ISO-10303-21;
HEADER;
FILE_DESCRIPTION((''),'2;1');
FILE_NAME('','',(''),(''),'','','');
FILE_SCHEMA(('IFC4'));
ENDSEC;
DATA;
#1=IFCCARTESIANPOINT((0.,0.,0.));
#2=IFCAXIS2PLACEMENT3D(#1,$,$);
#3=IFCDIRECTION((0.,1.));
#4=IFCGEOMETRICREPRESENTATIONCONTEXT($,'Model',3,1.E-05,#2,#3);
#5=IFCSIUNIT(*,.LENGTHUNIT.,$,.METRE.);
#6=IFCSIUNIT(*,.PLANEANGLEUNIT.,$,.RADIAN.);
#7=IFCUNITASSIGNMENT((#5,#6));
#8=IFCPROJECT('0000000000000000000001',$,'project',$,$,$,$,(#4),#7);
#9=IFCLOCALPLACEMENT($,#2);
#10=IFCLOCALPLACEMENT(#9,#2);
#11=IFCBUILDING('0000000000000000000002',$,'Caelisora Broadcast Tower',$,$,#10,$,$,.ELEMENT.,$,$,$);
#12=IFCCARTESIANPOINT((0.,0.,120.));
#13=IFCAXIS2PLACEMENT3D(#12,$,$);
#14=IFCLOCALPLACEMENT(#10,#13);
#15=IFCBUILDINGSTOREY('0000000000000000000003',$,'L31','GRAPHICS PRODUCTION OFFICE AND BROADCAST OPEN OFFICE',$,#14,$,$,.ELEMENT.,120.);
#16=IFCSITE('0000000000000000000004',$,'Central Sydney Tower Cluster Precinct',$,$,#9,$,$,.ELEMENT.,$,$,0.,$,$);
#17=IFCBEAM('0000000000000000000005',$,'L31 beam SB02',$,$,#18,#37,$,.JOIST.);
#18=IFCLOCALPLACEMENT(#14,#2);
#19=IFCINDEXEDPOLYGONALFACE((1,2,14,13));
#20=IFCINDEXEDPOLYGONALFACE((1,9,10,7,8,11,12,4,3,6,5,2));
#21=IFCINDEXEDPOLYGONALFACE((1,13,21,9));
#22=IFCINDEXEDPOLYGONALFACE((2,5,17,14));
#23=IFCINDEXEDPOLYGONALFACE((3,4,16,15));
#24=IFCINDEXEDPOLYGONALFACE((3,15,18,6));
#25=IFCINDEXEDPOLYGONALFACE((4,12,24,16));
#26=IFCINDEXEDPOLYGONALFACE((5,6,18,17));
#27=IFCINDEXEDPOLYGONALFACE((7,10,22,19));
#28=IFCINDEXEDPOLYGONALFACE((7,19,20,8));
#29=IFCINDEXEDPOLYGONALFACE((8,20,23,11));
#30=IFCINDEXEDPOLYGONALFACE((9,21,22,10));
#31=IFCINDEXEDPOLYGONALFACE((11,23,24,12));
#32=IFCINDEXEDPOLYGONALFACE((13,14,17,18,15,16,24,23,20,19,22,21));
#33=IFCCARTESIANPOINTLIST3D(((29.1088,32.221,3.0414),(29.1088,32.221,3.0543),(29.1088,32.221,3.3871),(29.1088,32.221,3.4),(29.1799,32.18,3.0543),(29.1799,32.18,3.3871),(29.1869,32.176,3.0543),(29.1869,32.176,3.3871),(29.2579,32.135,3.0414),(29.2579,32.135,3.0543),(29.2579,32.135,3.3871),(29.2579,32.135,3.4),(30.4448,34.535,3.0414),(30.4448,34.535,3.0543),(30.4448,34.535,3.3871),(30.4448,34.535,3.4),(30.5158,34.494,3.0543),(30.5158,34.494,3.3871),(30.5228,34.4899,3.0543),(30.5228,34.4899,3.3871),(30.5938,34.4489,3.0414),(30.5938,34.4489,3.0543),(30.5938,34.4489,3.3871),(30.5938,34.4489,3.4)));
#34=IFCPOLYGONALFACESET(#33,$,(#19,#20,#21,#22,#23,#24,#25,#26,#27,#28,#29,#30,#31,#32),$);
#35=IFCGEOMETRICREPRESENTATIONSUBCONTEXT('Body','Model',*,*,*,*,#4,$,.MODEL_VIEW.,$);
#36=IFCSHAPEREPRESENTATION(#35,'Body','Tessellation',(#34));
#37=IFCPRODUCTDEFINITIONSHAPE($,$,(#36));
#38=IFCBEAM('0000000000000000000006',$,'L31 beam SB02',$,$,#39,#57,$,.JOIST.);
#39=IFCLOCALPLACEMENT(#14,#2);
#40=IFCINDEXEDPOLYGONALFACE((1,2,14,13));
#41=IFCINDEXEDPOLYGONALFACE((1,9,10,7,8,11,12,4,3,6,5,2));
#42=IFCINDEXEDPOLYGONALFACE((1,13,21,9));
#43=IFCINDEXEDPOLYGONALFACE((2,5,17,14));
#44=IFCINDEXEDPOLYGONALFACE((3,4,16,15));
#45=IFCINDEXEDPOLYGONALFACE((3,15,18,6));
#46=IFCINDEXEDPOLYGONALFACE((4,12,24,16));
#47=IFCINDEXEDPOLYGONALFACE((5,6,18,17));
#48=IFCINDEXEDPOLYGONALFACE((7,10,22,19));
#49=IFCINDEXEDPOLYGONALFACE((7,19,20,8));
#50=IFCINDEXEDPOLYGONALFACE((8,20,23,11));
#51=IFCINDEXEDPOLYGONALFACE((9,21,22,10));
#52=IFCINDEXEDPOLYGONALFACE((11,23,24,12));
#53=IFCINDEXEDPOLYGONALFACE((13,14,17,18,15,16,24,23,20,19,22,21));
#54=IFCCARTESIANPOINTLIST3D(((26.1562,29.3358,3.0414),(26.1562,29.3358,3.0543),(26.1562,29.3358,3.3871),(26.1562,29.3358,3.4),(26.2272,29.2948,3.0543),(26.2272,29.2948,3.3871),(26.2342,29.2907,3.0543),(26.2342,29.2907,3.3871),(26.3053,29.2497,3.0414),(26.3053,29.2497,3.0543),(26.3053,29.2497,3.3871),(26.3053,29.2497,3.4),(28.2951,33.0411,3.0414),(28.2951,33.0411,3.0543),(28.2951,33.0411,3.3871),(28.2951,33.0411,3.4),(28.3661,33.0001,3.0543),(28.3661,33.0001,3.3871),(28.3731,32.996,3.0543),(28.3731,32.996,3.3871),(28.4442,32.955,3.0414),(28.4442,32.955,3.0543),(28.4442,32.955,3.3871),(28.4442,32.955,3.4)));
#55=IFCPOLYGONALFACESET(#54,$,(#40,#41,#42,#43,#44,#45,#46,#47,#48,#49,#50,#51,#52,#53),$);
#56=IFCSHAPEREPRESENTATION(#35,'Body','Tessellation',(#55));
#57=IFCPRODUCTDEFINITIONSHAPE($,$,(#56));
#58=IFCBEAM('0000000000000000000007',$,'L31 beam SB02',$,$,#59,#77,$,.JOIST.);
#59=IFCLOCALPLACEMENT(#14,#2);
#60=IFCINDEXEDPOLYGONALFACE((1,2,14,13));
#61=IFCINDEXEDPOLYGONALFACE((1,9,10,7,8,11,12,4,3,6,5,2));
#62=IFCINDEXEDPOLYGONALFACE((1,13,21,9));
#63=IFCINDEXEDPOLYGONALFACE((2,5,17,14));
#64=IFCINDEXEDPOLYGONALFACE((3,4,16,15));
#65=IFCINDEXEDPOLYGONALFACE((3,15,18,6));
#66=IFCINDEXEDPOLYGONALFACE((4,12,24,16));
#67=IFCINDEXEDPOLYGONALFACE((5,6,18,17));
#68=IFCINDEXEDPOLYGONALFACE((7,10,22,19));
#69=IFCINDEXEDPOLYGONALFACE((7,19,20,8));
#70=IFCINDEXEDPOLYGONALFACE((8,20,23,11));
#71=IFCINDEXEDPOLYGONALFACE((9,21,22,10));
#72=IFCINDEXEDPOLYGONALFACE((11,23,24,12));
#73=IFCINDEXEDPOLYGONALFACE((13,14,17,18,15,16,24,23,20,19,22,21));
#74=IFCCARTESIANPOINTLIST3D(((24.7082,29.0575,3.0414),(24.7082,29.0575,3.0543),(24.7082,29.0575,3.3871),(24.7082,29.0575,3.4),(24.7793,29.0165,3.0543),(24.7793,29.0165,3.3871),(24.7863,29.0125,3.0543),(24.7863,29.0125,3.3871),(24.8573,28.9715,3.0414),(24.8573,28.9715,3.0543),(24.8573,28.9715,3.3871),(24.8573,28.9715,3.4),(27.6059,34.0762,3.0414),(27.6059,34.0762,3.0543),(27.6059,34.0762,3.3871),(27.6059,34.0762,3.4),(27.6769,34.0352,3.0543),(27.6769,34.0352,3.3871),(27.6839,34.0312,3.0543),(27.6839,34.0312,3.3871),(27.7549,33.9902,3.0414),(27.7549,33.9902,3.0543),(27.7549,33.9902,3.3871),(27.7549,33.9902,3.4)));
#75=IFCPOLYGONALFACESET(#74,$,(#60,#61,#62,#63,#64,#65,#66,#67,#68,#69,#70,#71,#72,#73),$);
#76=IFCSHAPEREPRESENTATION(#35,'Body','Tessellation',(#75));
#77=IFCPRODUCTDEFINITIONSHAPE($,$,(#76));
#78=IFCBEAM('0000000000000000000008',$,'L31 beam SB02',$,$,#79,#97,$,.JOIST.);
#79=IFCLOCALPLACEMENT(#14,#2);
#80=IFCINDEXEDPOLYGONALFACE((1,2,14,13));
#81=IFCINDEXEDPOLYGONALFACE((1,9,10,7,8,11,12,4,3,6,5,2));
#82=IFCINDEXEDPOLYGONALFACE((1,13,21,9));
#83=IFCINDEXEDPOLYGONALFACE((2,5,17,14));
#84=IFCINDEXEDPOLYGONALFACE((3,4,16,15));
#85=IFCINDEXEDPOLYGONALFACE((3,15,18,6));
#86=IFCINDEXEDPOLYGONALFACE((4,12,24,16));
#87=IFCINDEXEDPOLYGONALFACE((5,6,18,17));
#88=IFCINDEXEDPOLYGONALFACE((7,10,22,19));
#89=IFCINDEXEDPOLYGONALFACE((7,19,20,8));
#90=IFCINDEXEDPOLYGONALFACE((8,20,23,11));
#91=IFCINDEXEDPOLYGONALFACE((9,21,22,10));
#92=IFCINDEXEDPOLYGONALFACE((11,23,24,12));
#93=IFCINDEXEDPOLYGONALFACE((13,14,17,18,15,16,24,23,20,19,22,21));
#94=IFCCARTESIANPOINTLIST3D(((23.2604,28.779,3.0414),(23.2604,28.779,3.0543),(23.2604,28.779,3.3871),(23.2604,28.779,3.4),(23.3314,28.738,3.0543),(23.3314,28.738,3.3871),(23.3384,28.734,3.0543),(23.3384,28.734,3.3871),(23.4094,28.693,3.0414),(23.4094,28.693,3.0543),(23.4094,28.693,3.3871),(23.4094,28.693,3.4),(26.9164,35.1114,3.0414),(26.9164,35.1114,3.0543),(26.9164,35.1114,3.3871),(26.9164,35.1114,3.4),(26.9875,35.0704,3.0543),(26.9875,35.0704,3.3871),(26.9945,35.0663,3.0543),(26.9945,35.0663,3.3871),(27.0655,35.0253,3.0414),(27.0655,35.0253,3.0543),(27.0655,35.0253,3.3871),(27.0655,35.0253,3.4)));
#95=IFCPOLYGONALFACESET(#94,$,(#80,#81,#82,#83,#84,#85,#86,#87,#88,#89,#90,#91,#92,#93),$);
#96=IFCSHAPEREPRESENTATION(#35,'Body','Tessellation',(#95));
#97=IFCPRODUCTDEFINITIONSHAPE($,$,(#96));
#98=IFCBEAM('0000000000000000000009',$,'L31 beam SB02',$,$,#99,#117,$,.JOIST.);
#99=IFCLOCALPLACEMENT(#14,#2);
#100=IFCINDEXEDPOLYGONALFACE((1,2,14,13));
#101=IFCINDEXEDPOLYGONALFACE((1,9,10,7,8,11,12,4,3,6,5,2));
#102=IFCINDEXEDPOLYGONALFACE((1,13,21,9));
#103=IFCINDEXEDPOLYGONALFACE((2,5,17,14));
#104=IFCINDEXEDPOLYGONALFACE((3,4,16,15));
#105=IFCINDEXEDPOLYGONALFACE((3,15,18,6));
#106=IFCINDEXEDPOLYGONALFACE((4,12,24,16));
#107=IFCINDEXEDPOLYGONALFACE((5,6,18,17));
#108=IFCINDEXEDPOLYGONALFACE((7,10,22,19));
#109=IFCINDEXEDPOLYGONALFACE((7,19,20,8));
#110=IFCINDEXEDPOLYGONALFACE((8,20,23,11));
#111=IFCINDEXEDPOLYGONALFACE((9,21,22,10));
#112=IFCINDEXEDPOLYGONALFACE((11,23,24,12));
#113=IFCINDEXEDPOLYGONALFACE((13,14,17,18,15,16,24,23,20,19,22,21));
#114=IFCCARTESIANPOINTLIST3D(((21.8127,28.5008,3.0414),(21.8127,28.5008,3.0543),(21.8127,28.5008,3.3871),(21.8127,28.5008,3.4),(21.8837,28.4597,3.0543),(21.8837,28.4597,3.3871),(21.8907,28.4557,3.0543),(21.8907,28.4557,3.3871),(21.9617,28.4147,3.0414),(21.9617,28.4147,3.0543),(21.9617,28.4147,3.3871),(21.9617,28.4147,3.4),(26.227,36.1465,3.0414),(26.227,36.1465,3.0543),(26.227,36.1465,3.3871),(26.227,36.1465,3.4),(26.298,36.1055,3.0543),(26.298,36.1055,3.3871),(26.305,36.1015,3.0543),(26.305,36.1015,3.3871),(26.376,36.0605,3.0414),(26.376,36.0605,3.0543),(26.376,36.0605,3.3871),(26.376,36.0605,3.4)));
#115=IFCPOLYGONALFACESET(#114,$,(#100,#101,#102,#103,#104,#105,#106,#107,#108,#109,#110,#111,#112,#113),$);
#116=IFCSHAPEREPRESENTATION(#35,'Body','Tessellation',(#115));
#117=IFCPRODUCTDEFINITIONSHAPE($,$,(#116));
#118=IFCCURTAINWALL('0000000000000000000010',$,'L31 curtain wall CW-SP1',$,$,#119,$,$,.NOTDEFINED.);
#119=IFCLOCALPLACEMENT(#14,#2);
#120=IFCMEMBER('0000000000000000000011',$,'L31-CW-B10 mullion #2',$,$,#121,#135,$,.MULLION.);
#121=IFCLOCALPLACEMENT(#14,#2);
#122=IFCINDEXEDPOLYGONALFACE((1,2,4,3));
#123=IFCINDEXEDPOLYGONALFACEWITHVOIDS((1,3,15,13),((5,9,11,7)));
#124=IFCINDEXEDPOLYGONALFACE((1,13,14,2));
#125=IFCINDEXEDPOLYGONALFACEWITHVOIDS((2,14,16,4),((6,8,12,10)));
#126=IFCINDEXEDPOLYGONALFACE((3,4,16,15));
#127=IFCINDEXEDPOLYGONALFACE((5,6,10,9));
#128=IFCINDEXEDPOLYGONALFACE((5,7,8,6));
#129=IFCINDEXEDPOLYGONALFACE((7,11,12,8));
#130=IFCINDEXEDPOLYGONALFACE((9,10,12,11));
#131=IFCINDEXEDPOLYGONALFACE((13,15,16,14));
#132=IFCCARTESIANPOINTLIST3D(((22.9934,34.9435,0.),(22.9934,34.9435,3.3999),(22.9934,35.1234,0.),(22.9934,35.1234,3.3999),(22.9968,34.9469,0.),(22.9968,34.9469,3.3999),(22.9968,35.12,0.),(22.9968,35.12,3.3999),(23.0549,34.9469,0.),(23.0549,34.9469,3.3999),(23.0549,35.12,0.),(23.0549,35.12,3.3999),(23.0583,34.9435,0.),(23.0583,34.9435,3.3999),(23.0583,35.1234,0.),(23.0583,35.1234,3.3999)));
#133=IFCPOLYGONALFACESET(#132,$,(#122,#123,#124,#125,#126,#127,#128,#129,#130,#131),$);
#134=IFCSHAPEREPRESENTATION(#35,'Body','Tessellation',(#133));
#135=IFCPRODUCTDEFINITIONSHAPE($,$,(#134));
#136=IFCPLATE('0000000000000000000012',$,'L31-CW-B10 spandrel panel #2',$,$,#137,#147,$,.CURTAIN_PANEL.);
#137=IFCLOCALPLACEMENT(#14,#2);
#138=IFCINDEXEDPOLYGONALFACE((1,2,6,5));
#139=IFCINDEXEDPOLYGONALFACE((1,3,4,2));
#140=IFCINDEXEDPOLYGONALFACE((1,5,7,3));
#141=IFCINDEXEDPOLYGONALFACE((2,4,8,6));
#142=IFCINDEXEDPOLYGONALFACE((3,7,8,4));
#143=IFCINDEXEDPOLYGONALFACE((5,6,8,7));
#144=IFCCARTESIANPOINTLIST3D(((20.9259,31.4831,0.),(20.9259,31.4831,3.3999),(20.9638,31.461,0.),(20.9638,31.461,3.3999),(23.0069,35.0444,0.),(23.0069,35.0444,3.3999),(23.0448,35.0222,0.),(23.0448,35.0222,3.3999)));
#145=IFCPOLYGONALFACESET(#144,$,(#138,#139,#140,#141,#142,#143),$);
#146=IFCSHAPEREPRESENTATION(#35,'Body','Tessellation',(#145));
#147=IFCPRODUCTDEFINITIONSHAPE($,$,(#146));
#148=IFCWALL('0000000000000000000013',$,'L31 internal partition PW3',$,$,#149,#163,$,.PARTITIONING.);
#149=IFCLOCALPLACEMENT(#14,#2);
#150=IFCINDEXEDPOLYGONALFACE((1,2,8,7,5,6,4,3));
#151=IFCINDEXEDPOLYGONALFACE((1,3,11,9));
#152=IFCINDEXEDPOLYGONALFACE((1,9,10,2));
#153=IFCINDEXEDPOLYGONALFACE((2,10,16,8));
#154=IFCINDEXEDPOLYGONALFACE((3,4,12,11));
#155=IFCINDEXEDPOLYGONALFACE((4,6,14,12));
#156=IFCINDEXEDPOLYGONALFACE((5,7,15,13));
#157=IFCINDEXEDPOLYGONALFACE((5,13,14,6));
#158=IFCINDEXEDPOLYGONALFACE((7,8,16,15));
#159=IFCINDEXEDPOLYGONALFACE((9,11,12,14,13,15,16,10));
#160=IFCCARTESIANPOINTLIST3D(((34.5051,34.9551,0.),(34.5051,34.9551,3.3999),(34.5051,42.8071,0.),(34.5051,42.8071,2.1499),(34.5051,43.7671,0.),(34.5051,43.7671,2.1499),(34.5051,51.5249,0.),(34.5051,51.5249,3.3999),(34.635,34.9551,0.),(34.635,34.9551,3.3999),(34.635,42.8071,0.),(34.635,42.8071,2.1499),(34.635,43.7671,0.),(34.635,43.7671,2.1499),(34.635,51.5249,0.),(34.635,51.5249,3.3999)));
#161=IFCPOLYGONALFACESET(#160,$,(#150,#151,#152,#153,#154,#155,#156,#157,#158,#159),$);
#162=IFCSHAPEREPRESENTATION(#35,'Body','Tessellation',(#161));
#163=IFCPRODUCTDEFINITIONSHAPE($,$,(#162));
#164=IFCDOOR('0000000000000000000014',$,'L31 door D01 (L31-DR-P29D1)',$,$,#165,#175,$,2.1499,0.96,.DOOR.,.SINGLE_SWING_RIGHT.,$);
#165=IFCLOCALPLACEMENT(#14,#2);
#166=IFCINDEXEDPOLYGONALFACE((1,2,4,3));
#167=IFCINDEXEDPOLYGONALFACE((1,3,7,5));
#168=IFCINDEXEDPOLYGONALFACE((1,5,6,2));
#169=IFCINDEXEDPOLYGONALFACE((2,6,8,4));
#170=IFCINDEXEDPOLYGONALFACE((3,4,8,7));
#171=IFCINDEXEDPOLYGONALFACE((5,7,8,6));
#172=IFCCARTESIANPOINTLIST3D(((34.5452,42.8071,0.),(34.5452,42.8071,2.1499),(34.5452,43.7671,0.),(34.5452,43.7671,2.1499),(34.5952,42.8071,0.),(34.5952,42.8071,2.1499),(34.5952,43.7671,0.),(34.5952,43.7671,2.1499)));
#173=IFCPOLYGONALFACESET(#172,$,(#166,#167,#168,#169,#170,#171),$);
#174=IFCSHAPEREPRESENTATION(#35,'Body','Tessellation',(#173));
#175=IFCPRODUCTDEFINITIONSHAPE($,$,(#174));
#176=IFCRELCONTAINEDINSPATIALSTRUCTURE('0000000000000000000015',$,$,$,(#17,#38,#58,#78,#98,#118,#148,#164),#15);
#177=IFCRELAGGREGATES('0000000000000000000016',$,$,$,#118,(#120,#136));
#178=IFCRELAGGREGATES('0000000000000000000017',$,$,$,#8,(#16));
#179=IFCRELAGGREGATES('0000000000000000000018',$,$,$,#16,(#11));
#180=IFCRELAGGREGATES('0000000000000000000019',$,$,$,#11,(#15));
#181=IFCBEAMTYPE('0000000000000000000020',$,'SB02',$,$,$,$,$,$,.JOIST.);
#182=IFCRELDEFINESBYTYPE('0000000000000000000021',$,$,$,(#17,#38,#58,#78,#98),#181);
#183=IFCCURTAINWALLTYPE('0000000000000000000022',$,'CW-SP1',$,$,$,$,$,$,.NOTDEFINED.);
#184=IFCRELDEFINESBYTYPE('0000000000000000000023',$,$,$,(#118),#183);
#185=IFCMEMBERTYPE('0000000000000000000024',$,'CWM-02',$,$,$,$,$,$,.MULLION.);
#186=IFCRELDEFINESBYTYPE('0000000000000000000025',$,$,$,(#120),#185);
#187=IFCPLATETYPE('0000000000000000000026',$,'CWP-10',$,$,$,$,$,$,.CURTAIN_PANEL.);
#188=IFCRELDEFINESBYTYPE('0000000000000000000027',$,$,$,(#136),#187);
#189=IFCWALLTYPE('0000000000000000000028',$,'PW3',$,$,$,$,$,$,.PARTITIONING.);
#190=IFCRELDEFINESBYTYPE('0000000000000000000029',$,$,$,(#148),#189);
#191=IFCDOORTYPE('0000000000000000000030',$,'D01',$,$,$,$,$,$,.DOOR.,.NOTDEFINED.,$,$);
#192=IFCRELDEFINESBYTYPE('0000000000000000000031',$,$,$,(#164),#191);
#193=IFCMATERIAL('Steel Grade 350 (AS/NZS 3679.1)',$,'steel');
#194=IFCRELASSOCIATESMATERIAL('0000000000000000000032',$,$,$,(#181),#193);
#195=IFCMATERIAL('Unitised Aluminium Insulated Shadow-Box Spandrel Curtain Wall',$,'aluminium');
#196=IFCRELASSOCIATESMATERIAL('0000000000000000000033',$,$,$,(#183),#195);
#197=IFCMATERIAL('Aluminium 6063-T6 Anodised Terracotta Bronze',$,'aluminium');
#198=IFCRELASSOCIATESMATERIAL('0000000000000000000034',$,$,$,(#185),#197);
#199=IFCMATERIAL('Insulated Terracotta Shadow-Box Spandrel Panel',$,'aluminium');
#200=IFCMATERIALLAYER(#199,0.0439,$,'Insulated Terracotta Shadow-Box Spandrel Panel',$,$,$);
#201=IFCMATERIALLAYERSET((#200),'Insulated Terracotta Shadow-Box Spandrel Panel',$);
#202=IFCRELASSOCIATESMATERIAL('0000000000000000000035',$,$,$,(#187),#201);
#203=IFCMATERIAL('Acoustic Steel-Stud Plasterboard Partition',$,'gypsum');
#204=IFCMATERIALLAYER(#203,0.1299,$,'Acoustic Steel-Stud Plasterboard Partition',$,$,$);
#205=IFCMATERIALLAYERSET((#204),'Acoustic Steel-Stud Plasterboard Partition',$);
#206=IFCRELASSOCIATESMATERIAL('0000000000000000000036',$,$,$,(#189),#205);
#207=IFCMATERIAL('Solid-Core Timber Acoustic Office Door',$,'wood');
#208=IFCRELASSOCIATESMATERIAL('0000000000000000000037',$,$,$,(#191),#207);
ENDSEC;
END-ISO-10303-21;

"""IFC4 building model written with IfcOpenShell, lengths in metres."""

from ifc_helpers import new_model, si_unit, direction, frame, frame_2d, origin, origin_2d, place, context, subcontext, project, spatial, rectangle, hollow_rectangle, i_section, extrude, source, transform, mapped, material, layer, layer_set, material_profile, profile_set, type_object, type_shapes, element, fill, aggregate, save


model = new_model("IFC4")

# Units and contexts
model_context = context("Model", 3, precision=1e-05, world=origin(), true_north=direction((0.0, 1.0)))
body_context = subcontext(model_context, "Body", "Model", "MODEL_VIEW")
ifc_project = project(units=[si_unit("LENGTHUNIT", "METRE"), si_unit("PLANEANGLEUNIT", "RADIAN")], contexts=[model_context])

# Site, building, storey
site_placement = place(None, origin())
site = spatial("IfcSite", under=ifc_project, at=site_placement, Name="Central Sydney Tower Cluster Precinct", CompositionType="ELEMENT", RefElevation=0.0)
building_placement = place(site_placement, origin())
building = spatial("IfcBuilding", under=site, at=building_placement, Name="Caelisora Broadcast Tower", CompositionType="ELEMENT")
storey_placement = place(building_placement, frame((0.0, 0.0, 120.0)))
storey = spatial("IfcBuildingStorey", under=building, at=storey_placement, Name="L31", Description="GRAPHICS PRODUCTION OFFICE AND BROADCAST OPEN OFFICE", CompositionType="ELEMENT", Elevation=120.0)

# Beams
ifc_material_1 = material(Name="Steel Grade 350 (AS/NZS 3679.1)", Category="steel")
ifc_material_profile_1 = material_profile(ifc_material_1, i_section(OverallWidth=0.1721, OverallDepth=0.3586, WebThickness=0.0081, FlangeThickness=0.0129, at=origin_2d()), Name="Steel Grade 350 (AS/NZS 3679.1)")
ifc_profile_set_1 = profile_set([ifc_material_profile_1], Name="Steel Grade 350 (AS/NZS 3679.1)")
beam_type = type_object("IfcBeamType", Name="SB02", PredefinedType="JOIST", material=ifc_profile_set_1)
shared_shape_1 = source(origin(), body_context, "Body", "SweptSolid", [
    extrude(i_section(OverallWidth=0.1721, OverallDepth=0.3586, WebThickness=0.0081, FlangeThickness=0.0129, at=origin_2d()), origin(), (0.0, 0.0, 1.0), 2.6719),
])
beam_1_placement = place(storey_placement, frame((30.5193, 34.4919, 3.2207), z_axis=(-0.499991, -0.86603, 0.0), x_axis=(0.86603, -0.499991, 0.0)))
element("IfcBeam", 1, at=beam_1_placement, inside=storey, type_object=beam_type, Name="L31 beam SB02", PredefinedType="JOIST", context=body_context, shape_type="MappedRepresentation", body=[
    mapped(shared_shape_1, transform((0.0, 0.0, 0.0), scale=1.0)),
])
shared_shape_2 = source(origin(), body_context, "Body", "SweptSolid", [
    extrude(i_section(OverallWidth=0.1721, OverallDepth=0.3586, WebThickness=0.0081, FlangeThickness=0.0129, at=origin_2d()), origin(), (0.0, 0.0, 1.0), 4.2783),
])
beam_2_placement = place(storey_placement, frame((28.3696, 32.998, 3.2207), z_axis=(-0.499938, -0.866061, 0.0), x_axis=(0.866061, -0.499938, 0.0)))
element("IfcBeam", 2, at=beam_2_placement, inside=storey, type_object=beam_type, Name="L31 beam SB02", PredefinedType="JOIST", context=body_context, shape_type="MappedRepresentation", body=[
    mapped(shared_shape_2, transform((0.0, 0.0, 0.0), scale=1.0)),
])
shared_shape_3 = source(origin(), body_context, "Body", "SweptSolid", [
    extrude(i_section(OverallWidth=0.1721, OverallDepth=0.3586, WebThickness=0.0081, FlangeThickness=0.0129, at=origin_2d()), origin(), (0.0, 0.0, 1.0), 5.7952),
])
beam_3_placement = place(storey_placement, frame((27.6804, 34.0332, 3.2207), z_axis=(-0.500013, -0.866018, 0.0), x_axis=(0.866018, -0.500013, 0.0)))
element("IfcBeam", 3, at=beam_3_placement, inside=storey, type_object=beam_type, Name="L31 beam SB02", PredefinedType="JOIST", context=body_context, shape_type="MappedRepresentation", body=[
    mapped(shared_shape_3, transform((0.0, 0.0, 0.0), scale=1.0)),
])
shared_shape_4 = source(origin(), body_context, "Body", "SweptSolid", [
    extrude(i_section(OverallWidth=0.1721, OverallDepth=0.3586, WebThickness=0.0081, FlangeThickness=0.0129, at=origin_2d()), origin(), (0.0, 0.0, 1.0), 7.312),
])
beam_4_placement = place(storey_placement, frame((26.991, 35.0684, 3.2207), z_axis=(-0.500007, -0.866022, 0.0), x_axis=(0.866022, -0.500007, 0.0)))
element("IfcBeam", 4, at=beam_4_placement, inside=storey, type_object=beam_type, Name="L31 beam SB02", PredefinedType="JOIST", context=body_context, shape_type="MappedRepresentation", body=[
    mapped(shared_shape_4, transform((0.0, 0.0, 0.0), scale=1.0)),
])
shared_shape_5 = source(origin(), body_context, "Body", "SweptSolid", [
    extrude(i_section(OverallWidth=0.1721, OverallDepth=0.3586, WebThickness=0.0081, FlangeThickness=0.0129, at=origin_2d()), origin(), (0.0, 0.0, 1.0), 8.8286),
])
type_shapes(beam_type, [shared_shape_1, shared_shape_2, shared_shape_3, shared_shape_4, shared_shape_5])
beam_5_placement = place(storey_placement, frame((26.3015, 36.1035, 3.2207), z_axis=(-0.500003, -0.866024, 0.0), x_axis=(0.866024, -0.500003, 0.0)))
element("IfcBeam", 5, at=beam_5_placement, inside=storey, type_object=beam_type, Name="L31 beam SB02", PredefinedType="JOIST", context=body_context, shape_type="MappedRepresentation", body=[
    mapped(shared_shape_5, transform((0.0, 0.0, 0.0), scale=1.0)),
])

# Curtain wall, member, plate
ifc_material_2 = material(Name="Unitised Aluminium Insulated Shadow-Box Spandrel Curtain Wall", Category="aluminium")
curtain_wall_type = type_object("IfcCurtainWallType", Name="CW-SP1", PredefinedType="NOTDEFINED", material=ifc_material_2)
curtain_wall_placement = place(storey_placement, origin())
curtain_wall = element("IfcCurtainWall", 6, at=curtain_wall_placement, inside=storey, type_object=curtain_wall_type, Name="L31 curtain wall CW-SP1", PredefinedType="NOTDEFINED")
ifc_material_3 = material(Name="Aluminium 6063-T6 Anodised Terracotta Bronze", Category="aluminium")
ifc_material_profile_2 = material_profile(ifc_material_3, hollow_rectangle(XDim=0.0649, YDim=0.1799, WallThickness=0.0034, at=origin_2d()), Name="Aluminium 6063-T6 Anodised Terracotta Bronze")
ifc_profile_set_2 = profile_set([ifc_material_profile_2], Name="Aluminium 6063-T6 Anodised Terracotta Bronze")
member_type = type_object("IfcMemberType", Name="CWM-02", PredefinedType="MULLION", material=ifc_profile_set_2)
shared_shape_6 = source(origin(), body_context, "Body", "SweptSolid", [
    extrude(hollow_rectangle(XDim=0.0649, YDim=0.1799, WallThickness=0.0034, at=origin_2d()), origin(), (0.0, 0.0, 1.0), 3.3999),
])
type_shapes(member_type, [shared_shape_6])
member_placement = place(storey_placement, frame((23.0259, 35.0334, 0.0), z_axis=(0.0, 0.0, 1.0), x_axis=(1.0, 0.0, 0.0)))
member = element("IfcMember", 7, at=member_placement, type_object=member_type, Name="L31-CW-B10 mullion #2", PredefinedType="MULLION", context=body_context, shape_type="MappedRepresentation", body=[
    mapped(shared_shape_6, transform((0.0, 0.0, 0.0), scale=1.0)),
])
ifc_material_4 = material(Name="Insulated Terracotta Shadow-Box Spandrel Panel", Category="aluminium")
ifc_layer_1 = layer(ifc_material_4, 0.0439, Name="Insulated Terracotta Shadow-Box Spandrel Panel")
ifc_layer_set_1 = layer_set([ifc_layer_1], Name="Insulated Terracotta Shadow-Box Spandrel Panel")
plate_type = type_object("IfcPlateType", Name="CWP-10", PredefinedType="CURTAIN_PANEL", material=ifc_layer_set_1)
shared_shape_7 = source(origin(), body_context, "Body", "SweptSolid", [
    extrude(rectangle(XDim=4.1248, YDim=0.0439, at=origin_2d()), origin(), (0.0, 0.0, 1.0), 3.3999),
])
type_shapes(plate_type, [shared_shape_7])
plate_placement = place(storey_placement, frame((21.9854, 33.2527, 0.0), z_axis=(0.0, 0.0, 1.0), x_axis=(0.504528, 0.863396, 0.0)))
plate = element("IfcPlate", 8, at=plate_placement, type_object=plate_type, Name="L31-CW-B10 spandrel panel #2", PredefinedType="CURTAIN_PANEL", context=body_context, shape_type="MappedRepresentation", body=[
    mapped(shared_shape_7, transform((0.0, 0.0, 0.0), scale=1.0)),
])
aggregate(curtain_wall, [member, plate])

# Wall, opening, door
ifc_material_5 = material(Name="Acoustic Steel-Stud Plasterboard Partition", Category="gypsum")
ifc_layer_2 = layer(ifc_material_5, 0.1299, Name="Acoustic Steel-Stud Plasterboard Partition")
ifc_layer_set_2 = layer_set([ifc_layer_2], Name="Acoustic Steel-Stud Plasterboard Partition")
wall_type_1 = type_object("IfcWallType", Name="PW3", PredefinedType="PARTITIONING", material=ifc_layer_set_2)
wall_1_placement = place(storey_placement, frame((34.5701, 34.9551, 0.0), z_axis=(0.0, 0.0, 1.0), x_axis=(0.0, 1.0, 0.0)))
wall_1 = element("IfcWall", 9, at=wall_1_placement, inside=storey, type_object=wall_type_1, Name="L31 internal partition PW3", PredefinedType="PARTITIONING", context=body_context, shape_type="SweptSolid", body=[
    extrude(rectangle(XDim=16.5698, YDim=0.1299, at=frame_2d((8.2849, 0.0))), origin(), (0.0, 0.0, 1.0), 3.3999),
])
opening_1_placement = place(wall_1_placement, frame((7.8521, 0.0, 0.0)))
opening_1 = element("IfcOpeningElement", 10, at=opening_1_placement, cuts=wall_1, PredefinedType="OPENING", context=body_context, shape_type="SweptSolid", body=[
    extrude(rectangle(XDim=0.96, YDim=2.1499, at=frame_2d((0.48, 1.075))), frame((0.0, 0.0769, 0.0), z_axis=(0.0, -1.0, 0.0), x_axis=(1.0, 0.0, 0.0)), (0.0, 0.0, 1.0), 0.1538),
])
ifc_material_6 = material(Name="Solid-Core Timber Acoustic Office Door", Category="wood")
door_type_1 = type_object("IfcDoorType", Name="D01", OperationType="NOTDEFINED", PredefinedType="DOOR", material=ifc_material_6)
door_1_placement = place(opening_1_placement, origin())
door_1 = element("IfcDoor", 11, at=door_1_placement, inside=storey, type_object=door_type_1, Name="L31 door D01 (L31-DR-P29D1)", OperationType="SINGLE_SWING_RIGHT", OverallHeight=2.1499, OverallWidth=0.96, PredefinedType="DOOR", context=body_context, shape_type="SweptSolid", body=[
    extrude(rectangle(XDim=0.96, YDim=2.1499, at=frame_2d((0.48, 1.075))), frame((0.0, 0.0249, 0.0), z_axis=(0.0, -1.0, 0.0), x_axis=(1.0, 0.0, 0.0)), (0.0, 0.0, 1.0), 0.05),
])
fill(opening_1, door_1)

save(model, "model.ifc")
